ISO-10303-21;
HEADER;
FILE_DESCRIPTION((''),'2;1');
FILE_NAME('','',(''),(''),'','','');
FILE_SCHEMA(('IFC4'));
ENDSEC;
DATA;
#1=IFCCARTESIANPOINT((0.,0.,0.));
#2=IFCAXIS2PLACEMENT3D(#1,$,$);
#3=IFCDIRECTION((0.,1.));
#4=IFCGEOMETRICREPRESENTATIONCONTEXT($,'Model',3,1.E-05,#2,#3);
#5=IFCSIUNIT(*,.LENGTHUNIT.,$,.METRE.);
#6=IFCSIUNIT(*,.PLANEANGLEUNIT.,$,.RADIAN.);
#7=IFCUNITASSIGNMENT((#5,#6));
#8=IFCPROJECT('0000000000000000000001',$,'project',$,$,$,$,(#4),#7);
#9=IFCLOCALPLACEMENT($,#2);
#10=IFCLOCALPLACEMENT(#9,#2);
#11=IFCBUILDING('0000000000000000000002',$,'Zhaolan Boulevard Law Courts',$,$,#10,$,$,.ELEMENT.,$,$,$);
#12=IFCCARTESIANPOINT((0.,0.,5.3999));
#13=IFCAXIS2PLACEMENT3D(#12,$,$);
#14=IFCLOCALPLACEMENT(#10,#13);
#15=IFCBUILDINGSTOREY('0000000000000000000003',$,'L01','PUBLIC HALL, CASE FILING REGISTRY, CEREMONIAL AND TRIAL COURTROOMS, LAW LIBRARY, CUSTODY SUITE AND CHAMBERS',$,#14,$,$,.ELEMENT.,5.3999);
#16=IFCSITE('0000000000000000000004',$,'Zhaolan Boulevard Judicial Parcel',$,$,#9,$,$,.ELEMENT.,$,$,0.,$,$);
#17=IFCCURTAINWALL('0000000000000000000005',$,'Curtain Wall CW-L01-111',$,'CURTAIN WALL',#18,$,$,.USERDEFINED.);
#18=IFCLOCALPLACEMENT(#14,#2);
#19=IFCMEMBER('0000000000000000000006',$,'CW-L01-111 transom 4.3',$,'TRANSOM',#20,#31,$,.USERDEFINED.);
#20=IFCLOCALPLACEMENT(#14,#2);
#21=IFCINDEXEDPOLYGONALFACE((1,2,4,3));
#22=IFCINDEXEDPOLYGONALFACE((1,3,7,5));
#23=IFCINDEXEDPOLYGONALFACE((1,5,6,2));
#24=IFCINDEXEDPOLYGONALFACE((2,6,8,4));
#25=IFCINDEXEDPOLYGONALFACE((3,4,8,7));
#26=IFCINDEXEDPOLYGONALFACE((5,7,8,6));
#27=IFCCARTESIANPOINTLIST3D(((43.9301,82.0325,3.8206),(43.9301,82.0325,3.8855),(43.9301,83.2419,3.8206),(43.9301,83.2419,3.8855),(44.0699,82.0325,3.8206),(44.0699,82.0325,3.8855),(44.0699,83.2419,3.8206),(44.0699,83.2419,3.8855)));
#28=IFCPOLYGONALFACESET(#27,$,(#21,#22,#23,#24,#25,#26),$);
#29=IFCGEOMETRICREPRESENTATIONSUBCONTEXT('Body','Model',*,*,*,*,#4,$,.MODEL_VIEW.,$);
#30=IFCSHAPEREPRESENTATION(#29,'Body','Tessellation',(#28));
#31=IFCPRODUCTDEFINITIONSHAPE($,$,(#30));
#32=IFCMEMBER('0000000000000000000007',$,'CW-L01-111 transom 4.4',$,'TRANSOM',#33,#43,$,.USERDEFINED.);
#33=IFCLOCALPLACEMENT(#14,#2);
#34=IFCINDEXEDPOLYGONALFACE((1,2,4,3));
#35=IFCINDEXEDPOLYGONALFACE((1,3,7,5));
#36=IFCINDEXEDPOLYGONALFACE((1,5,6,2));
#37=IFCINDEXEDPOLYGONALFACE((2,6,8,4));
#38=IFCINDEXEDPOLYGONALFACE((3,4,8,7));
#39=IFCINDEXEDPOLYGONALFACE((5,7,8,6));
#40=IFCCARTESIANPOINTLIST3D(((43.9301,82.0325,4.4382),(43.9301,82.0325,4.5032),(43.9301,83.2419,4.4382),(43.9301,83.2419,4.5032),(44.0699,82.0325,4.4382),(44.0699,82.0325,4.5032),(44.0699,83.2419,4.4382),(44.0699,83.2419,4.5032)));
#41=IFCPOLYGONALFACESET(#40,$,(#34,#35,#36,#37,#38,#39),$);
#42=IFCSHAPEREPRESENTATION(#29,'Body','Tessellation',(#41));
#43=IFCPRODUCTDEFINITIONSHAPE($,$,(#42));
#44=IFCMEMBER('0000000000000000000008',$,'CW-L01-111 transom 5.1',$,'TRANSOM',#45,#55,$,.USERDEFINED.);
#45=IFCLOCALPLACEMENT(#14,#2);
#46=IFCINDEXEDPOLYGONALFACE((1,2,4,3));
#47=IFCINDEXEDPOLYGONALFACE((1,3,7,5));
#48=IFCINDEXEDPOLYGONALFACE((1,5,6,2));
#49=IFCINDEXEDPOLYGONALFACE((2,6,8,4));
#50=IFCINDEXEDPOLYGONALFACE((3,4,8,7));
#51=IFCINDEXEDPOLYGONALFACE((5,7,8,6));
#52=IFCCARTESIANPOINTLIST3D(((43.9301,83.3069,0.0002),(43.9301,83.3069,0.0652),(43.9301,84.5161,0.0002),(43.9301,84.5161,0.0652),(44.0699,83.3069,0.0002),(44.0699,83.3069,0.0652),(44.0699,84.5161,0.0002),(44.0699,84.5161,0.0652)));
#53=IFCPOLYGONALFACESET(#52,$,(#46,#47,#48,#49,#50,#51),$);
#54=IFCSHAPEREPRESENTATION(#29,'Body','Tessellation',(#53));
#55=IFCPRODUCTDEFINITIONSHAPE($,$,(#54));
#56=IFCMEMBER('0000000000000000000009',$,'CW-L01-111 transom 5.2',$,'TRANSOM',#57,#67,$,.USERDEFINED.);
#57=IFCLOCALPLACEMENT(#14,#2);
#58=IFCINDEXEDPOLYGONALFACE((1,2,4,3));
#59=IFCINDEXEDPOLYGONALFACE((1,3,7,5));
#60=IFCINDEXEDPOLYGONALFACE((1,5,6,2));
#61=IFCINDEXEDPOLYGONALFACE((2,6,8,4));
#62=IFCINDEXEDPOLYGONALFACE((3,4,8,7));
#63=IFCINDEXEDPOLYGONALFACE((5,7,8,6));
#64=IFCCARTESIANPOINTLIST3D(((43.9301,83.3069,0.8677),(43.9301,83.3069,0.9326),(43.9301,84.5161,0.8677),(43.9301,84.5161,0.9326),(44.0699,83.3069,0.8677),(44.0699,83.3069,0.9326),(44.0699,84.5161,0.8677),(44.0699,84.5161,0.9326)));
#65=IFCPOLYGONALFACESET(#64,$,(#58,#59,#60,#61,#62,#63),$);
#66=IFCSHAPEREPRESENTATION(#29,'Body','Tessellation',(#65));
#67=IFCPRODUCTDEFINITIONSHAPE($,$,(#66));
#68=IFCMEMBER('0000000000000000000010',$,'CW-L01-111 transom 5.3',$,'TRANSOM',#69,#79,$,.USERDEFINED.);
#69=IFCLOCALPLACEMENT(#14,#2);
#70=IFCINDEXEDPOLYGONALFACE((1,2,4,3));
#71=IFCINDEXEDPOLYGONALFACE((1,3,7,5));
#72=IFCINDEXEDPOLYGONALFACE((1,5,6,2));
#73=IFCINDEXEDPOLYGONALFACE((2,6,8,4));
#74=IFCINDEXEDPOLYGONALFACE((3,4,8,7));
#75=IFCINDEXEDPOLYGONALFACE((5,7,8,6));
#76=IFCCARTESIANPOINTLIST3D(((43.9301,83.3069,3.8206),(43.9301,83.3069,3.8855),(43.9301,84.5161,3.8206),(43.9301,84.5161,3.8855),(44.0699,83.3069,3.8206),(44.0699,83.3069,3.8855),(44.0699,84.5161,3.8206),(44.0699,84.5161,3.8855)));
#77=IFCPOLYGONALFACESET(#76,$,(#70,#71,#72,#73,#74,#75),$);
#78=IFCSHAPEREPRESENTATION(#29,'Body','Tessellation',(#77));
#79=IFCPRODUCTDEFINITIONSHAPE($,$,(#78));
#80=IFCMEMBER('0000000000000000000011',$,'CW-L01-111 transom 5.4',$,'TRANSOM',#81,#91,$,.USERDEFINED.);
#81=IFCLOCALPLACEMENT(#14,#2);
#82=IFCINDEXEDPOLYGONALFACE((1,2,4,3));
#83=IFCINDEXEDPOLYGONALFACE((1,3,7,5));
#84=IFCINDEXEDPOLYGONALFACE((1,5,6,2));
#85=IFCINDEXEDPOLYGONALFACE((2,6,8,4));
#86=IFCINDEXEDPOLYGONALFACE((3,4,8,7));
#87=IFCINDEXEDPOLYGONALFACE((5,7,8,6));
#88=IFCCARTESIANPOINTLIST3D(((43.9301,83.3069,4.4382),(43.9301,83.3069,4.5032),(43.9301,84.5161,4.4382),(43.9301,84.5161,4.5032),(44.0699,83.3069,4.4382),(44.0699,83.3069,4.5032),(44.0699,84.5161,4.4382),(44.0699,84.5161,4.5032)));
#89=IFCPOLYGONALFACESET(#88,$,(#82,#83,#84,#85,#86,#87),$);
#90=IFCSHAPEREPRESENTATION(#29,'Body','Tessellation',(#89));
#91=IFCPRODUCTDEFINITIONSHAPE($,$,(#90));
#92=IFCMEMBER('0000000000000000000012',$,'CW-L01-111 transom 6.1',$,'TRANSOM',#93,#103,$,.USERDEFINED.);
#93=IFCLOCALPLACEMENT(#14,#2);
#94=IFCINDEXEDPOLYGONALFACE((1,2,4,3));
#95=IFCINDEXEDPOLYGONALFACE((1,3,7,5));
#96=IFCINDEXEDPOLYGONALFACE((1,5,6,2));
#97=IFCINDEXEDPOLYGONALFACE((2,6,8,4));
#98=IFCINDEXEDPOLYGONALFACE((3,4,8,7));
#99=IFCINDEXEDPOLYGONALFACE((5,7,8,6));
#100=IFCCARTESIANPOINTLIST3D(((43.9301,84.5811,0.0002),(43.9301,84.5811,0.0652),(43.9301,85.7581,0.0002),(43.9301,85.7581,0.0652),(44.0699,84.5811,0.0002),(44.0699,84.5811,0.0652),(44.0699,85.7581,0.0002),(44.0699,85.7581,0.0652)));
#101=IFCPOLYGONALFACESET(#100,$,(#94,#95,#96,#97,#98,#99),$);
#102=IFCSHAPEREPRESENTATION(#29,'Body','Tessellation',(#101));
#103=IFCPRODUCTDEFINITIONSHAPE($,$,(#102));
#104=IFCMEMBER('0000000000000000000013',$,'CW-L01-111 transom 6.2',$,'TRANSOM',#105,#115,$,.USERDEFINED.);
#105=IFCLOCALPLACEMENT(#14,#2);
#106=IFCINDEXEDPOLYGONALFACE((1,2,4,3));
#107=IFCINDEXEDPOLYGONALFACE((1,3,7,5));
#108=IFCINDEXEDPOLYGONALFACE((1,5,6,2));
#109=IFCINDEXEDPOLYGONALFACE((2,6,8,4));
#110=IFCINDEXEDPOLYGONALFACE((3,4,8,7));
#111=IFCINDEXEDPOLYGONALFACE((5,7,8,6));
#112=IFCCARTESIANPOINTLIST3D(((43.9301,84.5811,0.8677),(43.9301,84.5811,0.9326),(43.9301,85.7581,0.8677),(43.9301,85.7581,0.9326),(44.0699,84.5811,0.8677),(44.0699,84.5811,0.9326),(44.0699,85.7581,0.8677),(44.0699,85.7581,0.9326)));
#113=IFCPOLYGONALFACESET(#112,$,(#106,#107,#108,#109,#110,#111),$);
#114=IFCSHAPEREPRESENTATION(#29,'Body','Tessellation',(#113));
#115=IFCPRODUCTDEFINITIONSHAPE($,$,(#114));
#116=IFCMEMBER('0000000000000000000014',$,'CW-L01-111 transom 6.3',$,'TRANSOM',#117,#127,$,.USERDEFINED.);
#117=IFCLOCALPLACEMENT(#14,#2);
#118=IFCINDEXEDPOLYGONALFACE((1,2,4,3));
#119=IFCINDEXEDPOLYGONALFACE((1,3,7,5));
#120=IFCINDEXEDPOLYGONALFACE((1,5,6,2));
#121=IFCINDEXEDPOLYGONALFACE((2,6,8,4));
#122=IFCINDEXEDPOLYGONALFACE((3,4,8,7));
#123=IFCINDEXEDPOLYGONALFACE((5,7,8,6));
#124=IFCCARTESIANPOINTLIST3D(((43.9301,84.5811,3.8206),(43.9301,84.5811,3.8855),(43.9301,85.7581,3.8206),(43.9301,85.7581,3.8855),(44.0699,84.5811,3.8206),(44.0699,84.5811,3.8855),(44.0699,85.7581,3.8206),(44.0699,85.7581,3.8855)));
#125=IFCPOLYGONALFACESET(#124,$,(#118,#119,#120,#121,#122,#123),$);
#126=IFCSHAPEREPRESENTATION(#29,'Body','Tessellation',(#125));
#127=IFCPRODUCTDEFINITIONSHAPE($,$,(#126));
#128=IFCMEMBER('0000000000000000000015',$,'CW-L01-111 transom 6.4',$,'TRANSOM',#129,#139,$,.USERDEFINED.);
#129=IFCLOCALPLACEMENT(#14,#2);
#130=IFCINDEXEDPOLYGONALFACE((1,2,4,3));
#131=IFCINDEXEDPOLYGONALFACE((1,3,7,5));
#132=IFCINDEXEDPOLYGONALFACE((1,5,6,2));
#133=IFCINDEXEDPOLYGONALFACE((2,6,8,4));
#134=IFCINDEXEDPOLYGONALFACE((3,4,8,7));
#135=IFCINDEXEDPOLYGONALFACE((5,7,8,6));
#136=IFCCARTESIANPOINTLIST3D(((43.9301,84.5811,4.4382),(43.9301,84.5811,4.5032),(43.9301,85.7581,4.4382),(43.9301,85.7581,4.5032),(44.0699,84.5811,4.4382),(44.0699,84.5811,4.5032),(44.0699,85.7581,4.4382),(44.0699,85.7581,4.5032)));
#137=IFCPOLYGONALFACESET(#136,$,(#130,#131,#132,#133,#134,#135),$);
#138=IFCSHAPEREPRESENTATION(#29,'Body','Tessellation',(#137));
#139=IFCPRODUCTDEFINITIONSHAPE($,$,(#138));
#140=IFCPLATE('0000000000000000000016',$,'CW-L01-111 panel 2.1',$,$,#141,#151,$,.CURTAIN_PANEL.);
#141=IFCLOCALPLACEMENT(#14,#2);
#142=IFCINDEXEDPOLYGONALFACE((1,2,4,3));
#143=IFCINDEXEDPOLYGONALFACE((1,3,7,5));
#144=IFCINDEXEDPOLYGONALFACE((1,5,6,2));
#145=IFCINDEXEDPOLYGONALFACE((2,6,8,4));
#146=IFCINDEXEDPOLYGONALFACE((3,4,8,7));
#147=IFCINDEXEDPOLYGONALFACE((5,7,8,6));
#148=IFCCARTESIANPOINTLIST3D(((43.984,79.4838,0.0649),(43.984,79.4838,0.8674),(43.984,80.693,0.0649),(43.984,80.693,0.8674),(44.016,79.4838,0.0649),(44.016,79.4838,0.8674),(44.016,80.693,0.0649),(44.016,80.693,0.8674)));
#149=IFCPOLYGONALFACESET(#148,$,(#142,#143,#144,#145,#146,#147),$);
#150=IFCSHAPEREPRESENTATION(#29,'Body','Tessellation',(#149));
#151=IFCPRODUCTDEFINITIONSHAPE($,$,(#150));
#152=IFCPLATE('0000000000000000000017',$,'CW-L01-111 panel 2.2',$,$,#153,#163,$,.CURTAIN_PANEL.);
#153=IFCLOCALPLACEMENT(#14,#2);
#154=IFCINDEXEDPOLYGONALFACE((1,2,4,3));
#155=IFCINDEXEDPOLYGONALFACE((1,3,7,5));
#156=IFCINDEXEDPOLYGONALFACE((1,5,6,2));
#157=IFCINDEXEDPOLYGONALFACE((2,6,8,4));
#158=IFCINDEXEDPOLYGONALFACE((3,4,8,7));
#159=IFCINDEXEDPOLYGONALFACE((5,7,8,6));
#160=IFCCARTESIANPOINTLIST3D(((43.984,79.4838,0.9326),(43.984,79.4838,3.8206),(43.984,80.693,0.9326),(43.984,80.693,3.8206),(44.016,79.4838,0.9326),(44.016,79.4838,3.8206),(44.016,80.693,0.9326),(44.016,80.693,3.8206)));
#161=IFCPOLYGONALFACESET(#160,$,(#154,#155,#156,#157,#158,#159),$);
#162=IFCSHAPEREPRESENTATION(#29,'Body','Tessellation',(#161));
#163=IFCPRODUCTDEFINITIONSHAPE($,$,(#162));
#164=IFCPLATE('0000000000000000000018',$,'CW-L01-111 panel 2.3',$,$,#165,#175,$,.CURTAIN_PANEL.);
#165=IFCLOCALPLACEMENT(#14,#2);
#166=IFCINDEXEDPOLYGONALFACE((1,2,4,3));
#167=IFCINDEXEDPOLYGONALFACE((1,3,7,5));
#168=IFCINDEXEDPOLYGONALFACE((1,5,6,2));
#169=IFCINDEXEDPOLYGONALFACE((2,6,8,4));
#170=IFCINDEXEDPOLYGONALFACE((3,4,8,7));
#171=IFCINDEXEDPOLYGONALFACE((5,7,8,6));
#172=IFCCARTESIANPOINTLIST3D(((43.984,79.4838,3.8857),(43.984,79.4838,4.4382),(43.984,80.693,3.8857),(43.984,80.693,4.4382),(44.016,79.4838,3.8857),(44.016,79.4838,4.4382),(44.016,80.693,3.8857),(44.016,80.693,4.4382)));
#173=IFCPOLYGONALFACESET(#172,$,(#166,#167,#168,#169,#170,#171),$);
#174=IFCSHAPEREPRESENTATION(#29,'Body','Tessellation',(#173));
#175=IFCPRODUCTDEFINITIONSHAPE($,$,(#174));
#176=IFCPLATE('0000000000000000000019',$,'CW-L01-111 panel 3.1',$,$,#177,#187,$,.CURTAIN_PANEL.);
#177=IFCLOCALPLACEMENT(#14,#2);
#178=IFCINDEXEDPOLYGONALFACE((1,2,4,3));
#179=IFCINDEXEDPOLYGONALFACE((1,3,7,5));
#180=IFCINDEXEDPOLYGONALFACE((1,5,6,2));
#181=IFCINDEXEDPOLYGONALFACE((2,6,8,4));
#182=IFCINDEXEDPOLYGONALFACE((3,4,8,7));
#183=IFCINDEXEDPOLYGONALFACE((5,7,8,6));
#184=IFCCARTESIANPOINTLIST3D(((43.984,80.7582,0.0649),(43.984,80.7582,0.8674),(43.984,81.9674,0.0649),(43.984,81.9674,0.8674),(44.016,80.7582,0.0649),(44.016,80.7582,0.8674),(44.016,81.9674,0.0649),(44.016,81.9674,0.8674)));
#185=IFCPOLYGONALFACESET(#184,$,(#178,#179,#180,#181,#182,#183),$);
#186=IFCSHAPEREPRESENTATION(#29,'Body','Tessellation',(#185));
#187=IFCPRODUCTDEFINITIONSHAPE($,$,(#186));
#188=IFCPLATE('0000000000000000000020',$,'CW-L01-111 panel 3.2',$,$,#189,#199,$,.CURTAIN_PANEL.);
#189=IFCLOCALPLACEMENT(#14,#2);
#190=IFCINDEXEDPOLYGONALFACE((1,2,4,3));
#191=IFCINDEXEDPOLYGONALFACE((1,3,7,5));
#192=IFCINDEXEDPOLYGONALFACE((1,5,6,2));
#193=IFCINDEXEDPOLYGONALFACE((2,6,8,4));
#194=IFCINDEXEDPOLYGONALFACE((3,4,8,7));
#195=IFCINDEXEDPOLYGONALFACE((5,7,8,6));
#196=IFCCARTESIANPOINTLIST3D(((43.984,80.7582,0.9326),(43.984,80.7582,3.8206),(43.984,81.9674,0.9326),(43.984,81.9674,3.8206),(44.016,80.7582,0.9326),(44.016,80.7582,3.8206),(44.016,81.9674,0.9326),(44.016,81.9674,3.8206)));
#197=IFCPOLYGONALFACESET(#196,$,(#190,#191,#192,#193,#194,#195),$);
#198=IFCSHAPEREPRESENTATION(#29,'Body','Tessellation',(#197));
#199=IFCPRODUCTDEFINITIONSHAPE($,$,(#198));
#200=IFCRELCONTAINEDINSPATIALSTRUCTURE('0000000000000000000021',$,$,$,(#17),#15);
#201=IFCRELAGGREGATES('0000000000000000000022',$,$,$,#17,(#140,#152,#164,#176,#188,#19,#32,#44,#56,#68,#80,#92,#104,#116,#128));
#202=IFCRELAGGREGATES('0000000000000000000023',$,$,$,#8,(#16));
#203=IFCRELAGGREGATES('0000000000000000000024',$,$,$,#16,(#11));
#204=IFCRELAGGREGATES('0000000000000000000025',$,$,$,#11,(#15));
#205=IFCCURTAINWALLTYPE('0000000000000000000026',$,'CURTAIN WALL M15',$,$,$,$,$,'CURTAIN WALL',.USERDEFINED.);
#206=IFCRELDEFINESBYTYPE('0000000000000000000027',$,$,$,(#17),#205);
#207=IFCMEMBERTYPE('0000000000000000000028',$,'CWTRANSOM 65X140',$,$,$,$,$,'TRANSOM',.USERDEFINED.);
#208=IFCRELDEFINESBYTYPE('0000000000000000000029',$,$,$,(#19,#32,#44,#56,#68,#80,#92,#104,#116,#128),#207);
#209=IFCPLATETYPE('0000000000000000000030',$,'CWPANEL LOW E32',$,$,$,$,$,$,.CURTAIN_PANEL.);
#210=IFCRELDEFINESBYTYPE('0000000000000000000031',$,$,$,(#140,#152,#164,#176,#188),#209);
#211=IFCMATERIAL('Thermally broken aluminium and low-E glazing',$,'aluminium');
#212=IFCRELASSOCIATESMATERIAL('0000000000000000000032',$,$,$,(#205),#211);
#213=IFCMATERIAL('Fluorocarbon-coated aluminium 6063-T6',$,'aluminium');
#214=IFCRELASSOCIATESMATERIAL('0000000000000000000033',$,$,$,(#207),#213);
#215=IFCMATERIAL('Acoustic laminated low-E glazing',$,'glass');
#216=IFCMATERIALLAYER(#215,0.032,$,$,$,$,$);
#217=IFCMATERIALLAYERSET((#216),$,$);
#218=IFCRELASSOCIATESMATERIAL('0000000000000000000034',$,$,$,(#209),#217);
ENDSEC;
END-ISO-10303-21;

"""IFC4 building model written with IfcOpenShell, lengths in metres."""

from ifc_helpers import new_model, si_unit, direction, frame, origin, origin_2d, place, context, subcontext, project, spatial, rectangle, extrude, material, layer, layer_set, material_profile, profile_set, type_object, element, aggregate, save


model = new_model("IFC4")

# Units and contexts
model_context = context("Model", 3, precision=1e-05, world=origin(), true_north=direction((0.0, 1.0)))
body_context = subcontext(model_context, "Body", "Model", "MODEL_VIEW")
ifc_project = project(units=[si_unit("LENGTHUNIT", "METRE"), si_unit("PLANEANGLEUNIT", "RADIAN")], contexts=[model_context])

# Site, building, storey
site_placement = place(None, origin())
site = spatial("IfcSite", under=ifc_project, at=site_placement, Name="Zhaolan Boulevard Judicial Parcel", CompositionType="ELEMENT", RefElevation=0.0)
building_placement = place(site_placement, origin())
building = spatial("IfcBuilding", under=site, at=building_placement, Name="Zhaolan Boulevard Law Courts", CompositionType="ELEMENT")
storey_placement = place(building_placement, frame((0.0, 0.0, 5.3999)))
storey = spatial("IfcBuildingStorey", under=building, at=storey_placement, Name="L01", Description="PUBLIC HALL, CASE FILING REGISTRY, CEREMONIAL AND TRIAL COURTROOMS, LAW LIBRARY, CUSTODY SUITE AND CHAMBERS", CompositionType="ELEMENT", Elevation=5.3999)

# Curtain wall, members, plates
ifc_material_1 = material(Name="Thermally broken aluminium and low-E glazing", Category="aluminium")
curtain_wall_type = type_object("IfcCurtainWallType", Name="CURTAIN WALL M15", ElementType="CURTAIN WALL", PredefinedType="USERDEFINED", material=ifc_material_1)
curtain_wall_placement = place(storey_placement, origin())
curtain_wall = element("IfcCurtainWall", 1, at=curtain_wall_placement, inside=storey, type_object=curtain_wall_type, Name="Curtain Wall CW-L01-111", ObjectType="CURTAIN WALL", PredefinedType="USERDEFINED")
ifc_material_2 = material(Name="Fluorocarbon-coated aluminium 6063-T6", Category="aluminium")
ifc_material_profile_1 = material_profile(ifc_material_2, rectangle(XDim=0.1399, YDim=0.0649, at=origin_2d()), Name="AL65x140")
ifc_profile_set_1 = profile_set([ifc_material_profile_1], Name="Fluorocarbon-coated aluminium 6063-T6")
member_type_1 = type_object("IfcMemberType", Name="CWTRANSOM 65X140", ElementType="TRANSOM", PredefinedType="USERDEFINED", material=ifc_profile_set_1)
member_1_placement = place(storey_placement, frame((44.0, 82.0325, 3.853), z_axis=(0.0, 1.0, 0.0), x_axis=(-1.0, 0.0, 0.0)))
member_1 = element("IfcMember", 2, at=member_1_placement, type_object=member_type_1, Name="CW-L01-111 transom 4.3", ObjectType="TRANSOM", PredefinedType="USERDEFINED", context=body_context, shape_type="SweptSolid", body=[
    extrude(rectangle(XDim=0.1399, YDim=0.0649, at=origin_2d()), origin(), (0.0, 0.0, 1.0), 1.2095),
])
member_2_placement = place(storey_placement, frame((44.0, 82.0325, 4.4707), z_axis=(0.0, 1.0, 0.0), x_axis=(-1.0, 0.0, 0.0)))
member_2 = element("IfcMember", 3, at=member_2_placement, type_object=member_type_1, Name="CW-L01-111 transom 4.4", ObjectType="TRANSOM", PredefinedType="USERDEFINED", context=body_context, shape_type="SweptSolid", body=[
    extrude(rectangle(XDim=0.1399, YDim=0.0649, at=origin_2d()), origin(), (0.0, 0.0, 1.0), 1.2095),
])
member_3_placement = place(storey_placement, frame((44.0, 83.3069, 0.0327), z_axis=(0.0, 1.0, 0.0), x_axis=(-1.0, 0.0, 0.0)))
member_3 = element("IfcMember", 4, at=member_3_placement, type_object=member_type_1, Name="CW-L01-111 transom 5.1", ObjectType="TRANSOM", PredefinedType="USERDEFINED", context=body_context, shape_type="SweptSolid", body=[
    extrude(rectangle(XDim=0.1399, YDim=0.0649, at=origin_2d()), origin(), (0.0, 0.0, 1.0), 1.2092),
])
member_4_placement = place(storey_placement, frame((44.0, 83.3069, 0.9001), z_axis=(0.0, 1.0, 0.0), x_axis=(-1.0, 0.0, 0.0)))
member_4 = element("IfcMember", 5, at=member_4_placement, type_object=member_type_1, Name="CW-L01-111 transom 5.2", ObjectType="TRANSOM", PredefinedType="USERDEFINED", context=body_context, shape_type="SweptSolid", body=[
    extrude(rectangle(XDim=0.1399, YDim=0.0649, at=origin_2d()), origin(), (0.0, 0.0, 1.0), 1.2092),
])
member_5_placement = place(storey_placement, frame((44.0, 83.3069, 3.853), z_axis=(0.0, 1.0, 0.0), x_axis=(-1.0, 0.0, 0.0)))
member_5 = element("IfcMember", 6, at=member_5_placement, type_object=member_type_1, Name="CW-L01-111 transom 5.3", ObjectType="TRANSOM", PredefinedType="USERDEFINED", context=body_context, shape_type="SweptSolid", body=[
    extrude(rectangle(XDim=0.1399, YDim=0.0649, at=origin_2d()), origin(), (0.0, 0.0, 1.0), 1.2092),
])
member_6_placement = place(storey_placement, frame((44.0, 83.3069, 4.4707), z_axis=(0.0, 1.0, 0.0), x_axis=(-1.0, 0.0, 0.0)))
member_6 = element("IfcMember", 7, at=member_6_placement, type_object=member_type_1, Name="CW-L01-111 transom 5.4", ObjectType="TRANSOM", PredefinedType="USERDEFINED", context=body_context, shape_type="SweptSolid", body=[
    extrude(rectangle(XDim=0.1399, YDim=0.0649, at=origin_2d()), origin(), (0.0, 0.0, 1.0), 1.2092),
])
member_7_placement = place(storey_placement, frame((44.0, 84.5811, 0.0327), z_axis=(0.0, 1.0, 0.0), x_axis=(-1.0, 0.0, 0.0)))
member_7 = element("IfcMember", 8, at=member_7_placement, type_object=member_type_1, Name="CW-L01-111 transom 6.1", ObjectType="TRANSOM", PredefinedType="USERDEFINED", context=body_context, shape_type="SweptSolid", body=[
    extrude(rectangle(XDim=0.1399, YDim=0.0649, at=origin_2d()), origin(), (0.0, 0.0, 1.0), 1.177),
])
member_8_placement = place(storey_placement, frame((44.0, 84.5811, 0.9001), z_axis=(0.0, 1.0, 0.0), x_axis=(-1.0, 0.0, 0.0)))
member_8 = element("IfcMember", 9, at=member_8_placement, type_object=member_type_1, Name="CW-L01-111 transom 6.2", ObjectType="TRANSOM", PredefinedType="USERDEFINED", context=body_context, shape_type="SweptSolid", body=[
    extrude(rectangle(XDim=0.1399, YDim=0.0649, at=origin_2d()), origin(), (0.0, 0.0, 1.0), 1.177),
])
member_9_placement = place(storey_placement, frame((44.0, 84.5811, 3.853), z_axis=(0.0, 1.0, 0.0), x_axis=(-1.0, 0.0, 0.0)))
member_9 = element("IfcMember", 10, at=member_9_placement, type_object=member_type_1, Name="CW-L01-111 transom 6.3", ObjectType="TRANSOM", PredefinedType="USERDEFINED", context=body_context, shape_type="SweptSolid", body=[
    extrude(rectangle(XDim=0.1399, YDim=0.0649, at=origin_2d()), origin(), (0.0, 0.0, 1.0), 1.177),
])
member_10_placement = place(storey_placement, frame((44.0, 84.5811, 4.4707), z_axis=(0.0, 1.0, 0.0), x_axis=(-1.0, 0.0, 0.0)))
member_10 = element("IfcMember", 11, at=member_10_placement, type_object=member_type_1, Name="CW-L01-111 transom 6.4", ObjectType="TRANSOM", PredefinedType="USERDEFINED", context=body_context, shape_type="SweptSolid", body=[
    extrude(rectangle(XDim=0.1399, YDim=0.0649, at=origin_2d()), origin(), (0.0, 0.0, 1.0), 1.177),
])
ifc_material_3 = material(Name="Acoustic laminated low-E glazing", Category="glass")
ifc_layer = layer(ifc_material_3, 0.032)
ifc_layer_set = layer_set([ifc_layer])
plate_type = type_object("IfcPlateType", Name="CWPANEL LOW E32", PredefinedType="CURTAIN_PANEL", material=ifc_layer_set)
plate_1_placement = place(storey_placement, frame((44.0, 80.0884, 0.0649), z_axis=(0.0, 0.0, 1.0), x_axis=(0.0, 1.0, 0.0)))
plate_1 = element("IfcPlate", 12, at=plate_1_placement, type_object=plate_type, Name="CW-L01-111 panel 2.1", PredefinedType="CURTAIN_PANEL", context=body_context, shape_type="SweptSolid", body=[
    extrude(rectangle(XDim=1.2092, YDim=0.032, at=origin_2d()), origin(), (0.0, 0.0, 1.0), 0.8025),
])
plate_2_placement = place(storey_placement, frame((44.0, 80.0884, 0.9326), z_axis=(0.0, 0.0, 1.0), x_axis=(0.0, 1.0, 0.0)))
plate_2 = element("IfcPlate", 13, at=plate_2_placement, type_object=plate_type, Name="CW-L01-111 panel 2.2", PredefinedType="CURTAIN_PANEL", context=body_context, shape_type="SweptSolid", body=[
    extrude(rectangle(XDim=1.2092, YDim=0.032, at=origin_2d()), origin(), (0.0, 0.0, 1.0), 2.8879),
])
plate_3_placement = place(storey_placement, frame((44.0, 80.0884, 3.8857), z_axis=(0.0, 0.0, 1.0), x_axis=(0.0, 1.0, 0.0)))
plate_3 = element("IfcPlate", 14, at=plate_3_placement, type_object=plate_type, Name="CW-L01-111 panel 2.3", PredefinedType="CURTAIN_PANEL", context=body_context, shape_type="SweptSolid", body=[
    extrude(rectangle(XDim=1.2092, YDim=0.032, at=origin_2d()), origin(), (0.0, 0.0, 1.0), 0.5525),
])
plate_4_placement = place(storey_placement, frame((44.0, 81.3628, 0.0649), z_axis=(0.0, 0.0, 1.0), x_axis=(0.0, 1.0, 0.0)))
plate_4 = element("IfcPlate", 15, at=plate_4_placement, type_object=plate_type, Name="CW-L01-111 panel 3.1", PredefinedType="CURTAIN_PANEL", context=body_context, shape_type="SweptSolid", body=[
    extrude(rectangle(XDim=1.2092, YDim=0.032, at=origin_2d()), origin(), (0.0, 0.0, 1.0), 0.8025),
])
plate_5_placement = place(storey_placement, frame((44.0, 81.3628, 0.9326), z_axis=(0.0, 0.0, 1.0), x_axis=(0.0, 1.0, 0.0)))
plate_5 = element("IfcPlate", 16, at=plate_5_placement, type_object=plate_type, Name="CW-L01-111 panel 3.2", PredefinedType="CURTAIN_PANEL", context=body_context, shape_type="SweptSolid", body=[
    extrude(rectangle(XDim=1.2092, YDim=0.032, at=origin_2d()), origin(), (0.0, 0.0, 1.0), 2.8879),
])
aggregate(curtain_wall, [plate_1, plate_2, plate_3, plate_4, plate_5, member_1, member_2, member_3, member_4, member_5, member_6, member_7, member_8, member_9, member_10])

save(model, "model.ifc")
